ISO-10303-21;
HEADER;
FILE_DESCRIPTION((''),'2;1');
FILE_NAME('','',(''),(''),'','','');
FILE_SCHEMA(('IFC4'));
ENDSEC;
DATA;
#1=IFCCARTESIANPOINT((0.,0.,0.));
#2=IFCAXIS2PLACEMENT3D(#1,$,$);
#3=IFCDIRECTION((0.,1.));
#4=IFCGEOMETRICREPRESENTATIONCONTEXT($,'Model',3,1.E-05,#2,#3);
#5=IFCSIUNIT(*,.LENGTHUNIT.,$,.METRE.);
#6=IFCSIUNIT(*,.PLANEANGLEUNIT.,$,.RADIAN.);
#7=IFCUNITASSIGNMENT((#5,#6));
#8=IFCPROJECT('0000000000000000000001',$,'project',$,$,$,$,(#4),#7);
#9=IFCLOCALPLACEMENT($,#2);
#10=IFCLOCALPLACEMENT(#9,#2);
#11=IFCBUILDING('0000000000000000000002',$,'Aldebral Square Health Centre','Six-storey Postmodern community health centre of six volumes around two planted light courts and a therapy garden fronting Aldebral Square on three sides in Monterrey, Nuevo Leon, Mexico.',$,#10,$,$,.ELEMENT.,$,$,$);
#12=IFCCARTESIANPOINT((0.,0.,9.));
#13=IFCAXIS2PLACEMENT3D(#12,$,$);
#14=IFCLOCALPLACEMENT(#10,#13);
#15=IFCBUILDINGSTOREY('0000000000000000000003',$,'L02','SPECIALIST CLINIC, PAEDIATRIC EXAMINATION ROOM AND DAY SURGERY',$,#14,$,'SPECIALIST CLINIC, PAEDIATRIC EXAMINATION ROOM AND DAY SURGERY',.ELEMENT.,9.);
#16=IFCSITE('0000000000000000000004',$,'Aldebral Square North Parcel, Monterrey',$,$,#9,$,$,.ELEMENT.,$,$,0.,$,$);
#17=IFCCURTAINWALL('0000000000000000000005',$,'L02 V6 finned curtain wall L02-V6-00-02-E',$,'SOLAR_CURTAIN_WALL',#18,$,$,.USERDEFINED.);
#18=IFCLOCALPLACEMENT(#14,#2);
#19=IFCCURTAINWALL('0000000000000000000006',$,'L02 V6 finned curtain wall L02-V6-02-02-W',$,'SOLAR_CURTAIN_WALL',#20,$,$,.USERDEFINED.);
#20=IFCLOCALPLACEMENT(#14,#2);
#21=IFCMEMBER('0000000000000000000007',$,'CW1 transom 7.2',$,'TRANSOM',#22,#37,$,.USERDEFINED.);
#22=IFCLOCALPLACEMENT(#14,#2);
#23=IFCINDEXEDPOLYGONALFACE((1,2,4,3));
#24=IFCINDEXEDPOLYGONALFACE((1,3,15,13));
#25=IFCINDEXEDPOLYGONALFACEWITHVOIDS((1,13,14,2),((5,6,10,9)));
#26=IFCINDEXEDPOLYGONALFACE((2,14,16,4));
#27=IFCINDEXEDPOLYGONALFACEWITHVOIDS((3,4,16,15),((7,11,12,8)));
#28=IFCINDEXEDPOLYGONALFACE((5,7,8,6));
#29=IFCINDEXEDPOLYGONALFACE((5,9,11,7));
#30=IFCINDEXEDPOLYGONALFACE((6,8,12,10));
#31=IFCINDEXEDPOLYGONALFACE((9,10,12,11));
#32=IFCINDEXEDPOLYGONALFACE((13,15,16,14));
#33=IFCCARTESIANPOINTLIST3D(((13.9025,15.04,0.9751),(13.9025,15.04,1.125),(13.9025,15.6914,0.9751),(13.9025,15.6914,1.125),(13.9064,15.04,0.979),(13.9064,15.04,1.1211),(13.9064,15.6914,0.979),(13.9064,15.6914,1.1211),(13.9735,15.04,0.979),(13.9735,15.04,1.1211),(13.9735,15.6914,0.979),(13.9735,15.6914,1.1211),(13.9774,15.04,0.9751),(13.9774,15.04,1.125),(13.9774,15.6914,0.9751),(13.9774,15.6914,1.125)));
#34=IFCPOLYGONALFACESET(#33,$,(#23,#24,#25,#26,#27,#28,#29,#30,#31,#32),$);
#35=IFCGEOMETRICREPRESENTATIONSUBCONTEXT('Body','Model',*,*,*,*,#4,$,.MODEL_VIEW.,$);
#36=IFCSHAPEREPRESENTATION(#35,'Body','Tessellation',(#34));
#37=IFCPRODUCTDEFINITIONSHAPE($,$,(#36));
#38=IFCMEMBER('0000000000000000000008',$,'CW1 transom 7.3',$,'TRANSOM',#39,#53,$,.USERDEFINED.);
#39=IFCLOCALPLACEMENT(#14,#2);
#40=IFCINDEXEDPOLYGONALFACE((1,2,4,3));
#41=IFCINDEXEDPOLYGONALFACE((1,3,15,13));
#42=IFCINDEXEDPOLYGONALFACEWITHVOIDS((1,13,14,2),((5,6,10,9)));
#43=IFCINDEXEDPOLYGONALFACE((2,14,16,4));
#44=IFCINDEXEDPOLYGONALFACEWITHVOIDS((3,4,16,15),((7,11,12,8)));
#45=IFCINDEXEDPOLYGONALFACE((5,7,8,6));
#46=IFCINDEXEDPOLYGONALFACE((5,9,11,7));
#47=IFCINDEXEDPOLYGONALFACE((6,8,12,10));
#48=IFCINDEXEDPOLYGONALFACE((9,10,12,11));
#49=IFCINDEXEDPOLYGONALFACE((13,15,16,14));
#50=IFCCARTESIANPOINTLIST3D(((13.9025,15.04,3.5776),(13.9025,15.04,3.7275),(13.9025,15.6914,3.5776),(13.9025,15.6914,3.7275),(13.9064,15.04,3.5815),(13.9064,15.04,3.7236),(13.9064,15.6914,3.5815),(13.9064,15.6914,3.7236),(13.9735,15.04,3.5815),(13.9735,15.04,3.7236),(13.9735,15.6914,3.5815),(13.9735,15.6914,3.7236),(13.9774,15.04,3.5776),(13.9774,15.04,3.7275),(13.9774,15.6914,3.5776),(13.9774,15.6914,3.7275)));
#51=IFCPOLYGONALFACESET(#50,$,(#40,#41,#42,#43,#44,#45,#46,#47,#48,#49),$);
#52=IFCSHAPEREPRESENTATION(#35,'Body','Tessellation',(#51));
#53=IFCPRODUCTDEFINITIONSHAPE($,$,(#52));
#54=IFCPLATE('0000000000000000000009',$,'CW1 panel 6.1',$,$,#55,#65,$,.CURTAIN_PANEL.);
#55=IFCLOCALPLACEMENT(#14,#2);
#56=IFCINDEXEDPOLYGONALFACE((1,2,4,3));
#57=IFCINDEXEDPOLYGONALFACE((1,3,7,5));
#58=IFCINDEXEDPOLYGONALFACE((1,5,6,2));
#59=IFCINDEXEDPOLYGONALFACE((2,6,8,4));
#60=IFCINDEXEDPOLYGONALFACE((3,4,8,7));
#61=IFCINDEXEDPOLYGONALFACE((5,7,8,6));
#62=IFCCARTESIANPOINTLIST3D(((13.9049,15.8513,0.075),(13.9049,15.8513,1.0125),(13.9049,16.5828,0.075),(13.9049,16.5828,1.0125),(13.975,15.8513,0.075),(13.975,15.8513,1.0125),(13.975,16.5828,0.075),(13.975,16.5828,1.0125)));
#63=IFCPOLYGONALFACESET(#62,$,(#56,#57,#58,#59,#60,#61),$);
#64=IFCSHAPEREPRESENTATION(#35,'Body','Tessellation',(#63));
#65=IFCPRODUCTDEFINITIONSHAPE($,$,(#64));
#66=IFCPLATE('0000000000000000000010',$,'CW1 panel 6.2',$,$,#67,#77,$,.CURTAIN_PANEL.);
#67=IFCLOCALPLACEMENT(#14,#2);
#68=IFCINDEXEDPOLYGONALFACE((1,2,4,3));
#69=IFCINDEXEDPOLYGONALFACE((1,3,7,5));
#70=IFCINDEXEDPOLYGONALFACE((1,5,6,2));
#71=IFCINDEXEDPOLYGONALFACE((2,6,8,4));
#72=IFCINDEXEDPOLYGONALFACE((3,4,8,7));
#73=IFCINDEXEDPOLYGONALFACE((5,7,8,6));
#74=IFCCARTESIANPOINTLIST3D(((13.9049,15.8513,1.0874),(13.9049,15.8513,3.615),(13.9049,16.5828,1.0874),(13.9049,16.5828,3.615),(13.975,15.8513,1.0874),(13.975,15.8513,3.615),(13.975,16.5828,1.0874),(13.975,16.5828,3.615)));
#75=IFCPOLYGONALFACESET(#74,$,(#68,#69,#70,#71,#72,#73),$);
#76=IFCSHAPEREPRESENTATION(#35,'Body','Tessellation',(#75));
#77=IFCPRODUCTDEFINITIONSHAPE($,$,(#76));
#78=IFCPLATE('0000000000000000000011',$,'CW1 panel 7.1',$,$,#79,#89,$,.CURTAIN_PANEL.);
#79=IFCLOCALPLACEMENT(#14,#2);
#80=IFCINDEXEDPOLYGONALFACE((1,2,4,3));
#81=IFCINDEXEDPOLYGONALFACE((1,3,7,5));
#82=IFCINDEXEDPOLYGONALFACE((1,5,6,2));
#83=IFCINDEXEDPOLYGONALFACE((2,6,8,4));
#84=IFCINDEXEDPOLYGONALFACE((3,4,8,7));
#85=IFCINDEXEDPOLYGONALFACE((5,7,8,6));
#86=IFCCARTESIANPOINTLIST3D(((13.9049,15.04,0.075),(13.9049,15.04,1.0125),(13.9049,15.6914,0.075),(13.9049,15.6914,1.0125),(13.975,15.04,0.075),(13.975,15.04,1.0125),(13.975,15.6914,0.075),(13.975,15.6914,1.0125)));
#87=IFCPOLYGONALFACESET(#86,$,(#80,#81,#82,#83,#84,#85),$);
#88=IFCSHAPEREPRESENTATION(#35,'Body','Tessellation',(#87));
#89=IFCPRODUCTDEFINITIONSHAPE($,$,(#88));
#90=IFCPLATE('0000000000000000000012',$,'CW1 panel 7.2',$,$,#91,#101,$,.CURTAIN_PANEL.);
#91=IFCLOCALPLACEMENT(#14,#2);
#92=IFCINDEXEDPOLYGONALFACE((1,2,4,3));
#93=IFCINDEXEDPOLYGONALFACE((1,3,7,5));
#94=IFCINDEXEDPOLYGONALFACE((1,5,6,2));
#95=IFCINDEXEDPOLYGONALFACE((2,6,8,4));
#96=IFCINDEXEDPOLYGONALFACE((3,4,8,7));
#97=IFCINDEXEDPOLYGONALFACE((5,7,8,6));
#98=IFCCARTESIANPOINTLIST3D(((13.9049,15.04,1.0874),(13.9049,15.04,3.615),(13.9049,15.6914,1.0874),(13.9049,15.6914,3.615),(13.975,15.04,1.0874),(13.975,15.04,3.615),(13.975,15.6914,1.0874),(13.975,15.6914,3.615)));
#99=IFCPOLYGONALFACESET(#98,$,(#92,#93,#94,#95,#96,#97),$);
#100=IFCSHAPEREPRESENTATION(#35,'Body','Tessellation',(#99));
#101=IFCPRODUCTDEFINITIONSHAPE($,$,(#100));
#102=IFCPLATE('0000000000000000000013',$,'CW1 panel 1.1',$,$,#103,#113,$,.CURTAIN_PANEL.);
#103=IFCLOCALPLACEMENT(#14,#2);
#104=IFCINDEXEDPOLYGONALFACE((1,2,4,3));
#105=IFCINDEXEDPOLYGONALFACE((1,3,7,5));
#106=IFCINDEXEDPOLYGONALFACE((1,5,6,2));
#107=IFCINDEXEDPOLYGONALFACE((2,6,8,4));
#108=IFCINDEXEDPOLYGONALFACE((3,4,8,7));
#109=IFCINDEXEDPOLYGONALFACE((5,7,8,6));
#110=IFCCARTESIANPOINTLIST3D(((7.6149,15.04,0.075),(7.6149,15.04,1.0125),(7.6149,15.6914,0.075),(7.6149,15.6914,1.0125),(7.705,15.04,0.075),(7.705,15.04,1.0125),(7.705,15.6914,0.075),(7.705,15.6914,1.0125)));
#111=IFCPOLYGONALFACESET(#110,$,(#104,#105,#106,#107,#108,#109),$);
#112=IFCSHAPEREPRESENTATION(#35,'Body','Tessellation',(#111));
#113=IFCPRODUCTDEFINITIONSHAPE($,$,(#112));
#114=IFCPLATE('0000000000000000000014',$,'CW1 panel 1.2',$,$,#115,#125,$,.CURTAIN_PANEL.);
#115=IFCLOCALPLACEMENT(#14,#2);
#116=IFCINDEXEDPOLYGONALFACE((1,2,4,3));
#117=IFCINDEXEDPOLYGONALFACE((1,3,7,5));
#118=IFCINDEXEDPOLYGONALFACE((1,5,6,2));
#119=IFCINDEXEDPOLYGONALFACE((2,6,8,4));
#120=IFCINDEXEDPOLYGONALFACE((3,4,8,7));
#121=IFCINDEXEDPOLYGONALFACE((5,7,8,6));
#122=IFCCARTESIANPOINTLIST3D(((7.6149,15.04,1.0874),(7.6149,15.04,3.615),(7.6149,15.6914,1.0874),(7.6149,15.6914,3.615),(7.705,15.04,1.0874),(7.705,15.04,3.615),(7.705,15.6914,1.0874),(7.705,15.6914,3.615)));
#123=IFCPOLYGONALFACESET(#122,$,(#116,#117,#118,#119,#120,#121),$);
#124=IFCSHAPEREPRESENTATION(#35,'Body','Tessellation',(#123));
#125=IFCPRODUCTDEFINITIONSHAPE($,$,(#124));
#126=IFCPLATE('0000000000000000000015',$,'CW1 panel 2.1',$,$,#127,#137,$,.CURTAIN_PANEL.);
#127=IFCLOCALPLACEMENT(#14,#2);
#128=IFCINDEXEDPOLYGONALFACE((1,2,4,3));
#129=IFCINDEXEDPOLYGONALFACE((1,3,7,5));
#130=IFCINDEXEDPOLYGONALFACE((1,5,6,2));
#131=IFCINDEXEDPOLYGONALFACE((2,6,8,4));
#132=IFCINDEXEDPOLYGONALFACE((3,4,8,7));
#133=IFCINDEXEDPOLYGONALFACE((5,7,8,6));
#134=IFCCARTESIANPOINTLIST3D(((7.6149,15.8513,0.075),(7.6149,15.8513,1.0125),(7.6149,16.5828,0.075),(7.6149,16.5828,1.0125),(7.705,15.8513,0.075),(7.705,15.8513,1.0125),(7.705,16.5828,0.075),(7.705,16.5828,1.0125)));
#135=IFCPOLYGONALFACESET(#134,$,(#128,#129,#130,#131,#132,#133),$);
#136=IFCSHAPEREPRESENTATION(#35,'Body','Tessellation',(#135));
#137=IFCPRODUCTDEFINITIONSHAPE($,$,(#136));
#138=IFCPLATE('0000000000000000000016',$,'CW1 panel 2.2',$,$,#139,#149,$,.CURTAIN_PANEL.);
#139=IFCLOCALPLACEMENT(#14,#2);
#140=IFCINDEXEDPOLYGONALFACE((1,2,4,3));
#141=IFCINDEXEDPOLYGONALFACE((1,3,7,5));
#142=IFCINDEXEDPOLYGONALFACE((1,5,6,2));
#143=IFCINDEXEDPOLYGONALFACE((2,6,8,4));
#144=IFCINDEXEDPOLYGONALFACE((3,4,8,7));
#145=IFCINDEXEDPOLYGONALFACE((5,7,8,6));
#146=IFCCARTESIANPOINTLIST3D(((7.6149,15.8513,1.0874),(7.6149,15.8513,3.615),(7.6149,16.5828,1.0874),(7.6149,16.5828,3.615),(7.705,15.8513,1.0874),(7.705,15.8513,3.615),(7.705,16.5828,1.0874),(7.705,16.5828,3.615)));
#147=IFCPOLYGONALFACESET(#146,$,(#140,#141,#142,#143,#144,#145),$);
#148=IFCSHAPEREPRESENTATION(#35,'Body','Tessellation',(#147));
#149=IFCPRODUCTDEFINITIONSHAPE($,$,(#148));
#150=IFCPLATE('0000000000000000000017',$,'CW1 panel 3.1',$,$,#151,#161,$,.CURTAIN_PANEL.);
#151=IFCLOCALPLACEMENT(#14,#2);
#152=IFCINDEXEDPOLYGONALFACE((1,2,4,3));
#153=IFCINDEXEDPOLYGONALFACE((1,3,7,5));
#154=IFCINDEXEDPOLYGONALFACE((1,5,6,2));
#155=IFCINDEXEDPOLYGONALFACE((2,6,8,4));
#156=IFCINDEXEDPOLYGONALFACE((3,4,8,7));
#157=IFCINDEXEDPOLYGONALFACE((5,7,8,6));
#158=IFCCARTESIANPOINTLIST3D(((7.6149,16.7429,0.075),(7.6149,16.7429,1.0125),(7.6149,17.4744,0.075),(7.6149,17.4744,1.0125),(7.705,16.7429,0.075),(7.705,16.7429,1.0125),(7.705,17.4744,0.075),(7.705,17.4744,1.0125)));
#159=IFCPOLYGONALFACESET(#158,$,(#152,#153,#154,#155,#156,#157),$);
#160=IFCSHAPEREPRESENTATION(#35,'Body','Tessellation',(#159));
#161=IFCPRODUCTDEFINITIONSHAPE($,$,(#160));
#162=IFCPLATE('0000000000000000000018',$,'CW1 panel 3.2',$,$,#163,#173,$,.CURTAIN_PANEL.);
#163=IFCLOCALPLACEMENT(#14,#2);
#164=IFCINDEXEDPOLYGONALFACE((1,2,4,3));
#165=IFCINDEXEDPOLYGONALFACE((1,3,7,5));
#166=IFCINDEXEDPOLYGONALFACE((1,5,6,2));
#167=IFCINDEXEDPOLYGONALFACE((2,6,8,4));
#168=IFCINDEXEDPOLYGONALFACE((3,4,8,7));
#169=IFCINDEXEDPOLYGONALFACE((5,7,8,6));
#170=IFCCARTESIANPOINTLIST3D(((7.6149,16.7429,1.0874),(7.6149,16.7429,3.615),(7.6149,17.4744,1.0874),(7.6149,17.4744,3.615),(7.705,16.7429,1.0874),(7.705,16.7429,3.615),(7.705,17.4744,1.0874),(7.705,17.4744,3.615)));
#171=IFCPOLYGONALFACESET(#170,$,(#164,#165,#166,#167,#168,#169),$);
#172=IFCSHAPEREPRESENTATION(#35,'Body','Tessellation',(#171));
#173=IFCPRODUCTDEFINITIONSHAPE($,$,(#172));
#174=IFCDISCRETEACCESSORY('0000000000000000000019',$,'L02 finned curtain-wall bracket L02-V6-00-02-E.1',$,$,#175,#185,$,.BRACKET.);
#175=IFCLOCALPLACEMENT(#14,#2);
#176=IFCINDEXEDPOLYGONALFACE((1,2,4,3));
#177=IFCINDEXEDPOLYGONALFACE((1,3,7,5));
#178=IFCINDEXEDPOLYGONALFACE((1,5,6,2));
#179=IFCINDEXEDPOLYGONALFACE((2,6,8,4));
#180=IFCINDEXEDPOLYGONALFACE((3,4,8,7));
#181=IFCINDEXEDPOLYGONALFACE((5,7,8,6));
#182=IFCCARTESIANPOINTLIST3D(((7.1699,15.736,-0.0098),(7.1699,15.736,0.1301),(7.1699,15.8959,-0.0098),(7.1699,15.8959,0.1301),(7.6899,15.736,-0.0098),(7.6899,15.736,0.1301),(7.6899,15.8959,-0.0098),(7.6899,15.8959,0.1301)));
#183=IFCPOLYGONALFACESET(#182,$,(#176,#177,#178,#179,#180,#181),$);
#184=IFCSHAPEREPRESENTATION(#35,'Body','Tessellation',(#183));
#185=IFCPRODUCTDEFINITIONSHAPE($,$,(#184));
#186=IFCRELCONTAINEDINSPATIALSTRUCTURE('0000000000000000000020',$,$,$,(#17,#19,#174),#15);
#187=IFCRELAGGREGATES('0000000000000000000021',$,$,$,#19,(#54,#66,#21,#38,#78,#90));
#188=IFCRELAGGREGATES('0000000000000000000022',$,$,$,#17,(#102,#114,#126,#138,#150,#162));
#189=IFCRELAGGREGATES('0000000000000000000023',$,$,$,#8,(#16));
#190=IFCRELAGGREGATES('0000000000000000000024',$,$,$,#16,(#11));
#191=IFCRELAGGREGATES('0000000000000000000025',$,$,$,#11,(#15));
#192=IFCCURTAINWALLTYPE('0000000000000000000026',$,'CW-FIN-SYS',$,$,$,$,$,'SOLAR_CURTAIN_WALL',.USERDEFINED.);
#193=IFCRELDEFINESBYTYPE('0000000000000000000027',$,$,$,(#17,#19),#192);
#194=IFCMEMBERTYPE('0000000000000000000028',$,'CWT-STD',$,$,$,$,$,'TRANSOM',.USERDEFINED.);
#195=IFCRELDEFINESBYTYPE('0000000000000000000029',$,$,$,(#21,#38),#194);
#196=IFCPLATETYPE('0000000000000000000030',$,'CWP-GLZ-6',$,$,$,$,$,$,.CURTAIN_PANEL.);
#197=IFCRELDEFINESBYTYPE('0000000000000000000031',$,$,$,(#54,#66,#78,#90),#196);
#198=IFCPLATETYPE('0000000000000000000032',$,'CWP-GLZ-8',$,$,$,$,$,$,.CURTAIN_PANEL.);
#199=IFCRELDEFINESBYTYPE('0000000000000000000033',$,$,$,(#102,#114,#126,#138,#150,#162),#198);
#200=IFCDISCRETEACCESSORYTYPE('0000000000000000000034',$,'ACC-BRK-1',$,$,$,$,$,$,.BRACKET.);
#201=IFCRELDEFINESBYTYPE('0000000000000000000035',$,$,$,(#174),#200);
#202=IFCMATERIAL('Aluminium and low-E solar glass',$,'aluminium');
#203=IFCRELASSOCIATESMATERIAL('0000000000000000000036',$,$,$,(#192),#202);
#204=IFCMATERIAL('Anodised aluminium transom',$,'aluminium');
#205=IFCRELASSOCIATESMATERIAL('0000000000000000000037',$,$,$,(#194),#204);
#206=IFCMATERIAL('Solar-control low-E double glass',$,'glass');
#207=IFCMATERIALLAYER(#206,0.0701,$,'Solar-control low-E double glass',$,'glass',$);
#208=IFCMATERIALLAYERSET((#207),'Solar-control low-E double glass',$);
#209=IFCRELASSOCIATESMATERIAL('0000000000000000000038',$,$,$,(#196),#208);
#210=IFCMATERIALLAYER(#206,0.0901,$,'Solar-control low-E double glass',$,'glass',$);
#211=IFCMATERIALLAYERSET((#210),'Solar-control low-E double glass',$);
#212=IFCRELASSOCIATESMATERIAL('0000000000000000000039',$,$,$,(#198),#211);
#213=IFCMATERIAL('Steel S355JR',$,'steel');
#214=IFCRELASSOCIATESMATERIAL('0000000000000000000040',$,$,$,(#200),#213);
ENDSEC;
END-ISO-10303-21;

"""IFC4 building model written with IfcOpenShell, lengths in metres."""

from ifc_helpers import new_model, si_unit, direction, frame, origin, origin_2d, place, context, subcontext, project, spatial, rectangle, hollow_rectangle, extrude, material, layer, layer_set, material_profile, profile_set, type_object, element, aggregate, save


model = new_model("IFC4")

# Units and contexts
model_context = context("Model", 3, precision=1e-05, world=origin(), true_north=direction((0.0, 1.0)))
body_context = subcontext(model_context, "Body", "Model", "MODEL_VIEW")
ifc_project = project(units=[si_unit("LENGTHUNIT", "METRE"), si_unit("PLANEANGLEUNIT", "RADIAN")], contexts=[model_context])

# Site, building, storey
site_placement = place(None, origin())
site = spatial("IfcSite", under=ifc_project, at=site_placement, Name="Aldebral Square North Parcel, Monterrey", CompositionType="ELEMENT", RefElevation=0.0)
building_placement = place(site_placement, origin())
building = spatial("IfcBuilding", under=site, at=building_placement, Name="Aldebral Square Health Centre", Description="Six-storey Postmodern community health centre of six volumes around two planted light courts and a therapy garden fronting Aldebral Square on three sides in Monterrey, Nuevo Leon, Mexico.", CompositionType="ELEMENT")
storey_placement = place(building_placement, frame((0.0, 0.0, 9.0)))
storey = spatial("IfcBuildingStorey", under=building, at=storey_placement, Name="L02", Description="SPECIALIST CLINIC, PAEDIATRIC EXAMINATION ROOM AND DAY SURGERY", LongName="SPECIALIST CLINIC, PAEDIATRIC EXAMINATION ROOM AND DAY SURGERY", CompositionType="ELEMENT", Elevation=9.0)

# Curtain walls
ifc_material_1 = material(Name="Aluminium and low-E solar glass", Category="aluminium")
curtain_wall_type = type_object("IfcCurtainWallType", Name="CW-FIN-SYS", ElementType="SOLAR_CURTAIN_WALL", PredefinedType="USERDEFINED", material=ifc_material_1)
curtain_wall_1_placement = place(storey_placement, origin())
curtain_wall_1 = element("IfcCurtainWall", 1, at=curtain_wall_1_placement, inside=storey, type_object=curtain_wall_type, Name="L02 V6 finned curtain wall L02-V6-00-02-E", ObjectType="SOLAR_CURTAIN_WALL", PredefinedType="USERDEFINED")
curtain_wall_2_placement = place(storey_placement, origin())
curtain_wall_2 = element("IfcCurtainWall", 2, at=curtain_wall_2_placement, inside=storey, type_object=curtain_wall_type, Name="L02 V6 finned curtain wall L02-V6-02-02-W", ObjectType="SOLAR_CURTAIN_WALL", PredefinedType="USERDEFINED")

# Members
ifc_material_2 = material(Name="Anodised aluminium transom", Category="aluminium")
ifc_material_profile_1 = material_profile(ifc_material_2, hollow_rectangle(XDim=0.075, YDim=0.1499, WallThickness=0.0039, at=origin_2d()), Name="CWT 75x150x4")
ifc_profile_set_1 = profile_set([ifc_material_profile_1], Name="Anodised aluminium transom")
member_type_1 = type_object("IfcMemberType", Name="CWT-STD", ElementType="TRANSOM", PredefinedType="USERDEFINED", material=ifc_profile_set_1)
member_1_placement = place(storey_placement, frame((13.9399, 15.6914, 1.05), z_axis=(0.0, -1.0, 0.0), x_axis=(1.0, 0.0, 0.0)))
member_1 = element("IfcMember", 3, at=member_1_placement, type_object=member_type_1, Name="CW1 transom 7.2", ObjectType="TRANSOM", PredefinedType="USERDEFINED", context=body_context, shape_type="SweptSolid", body=[
    extrude(hollow_rectangle(XDim=0.075, YDim=0.1499, WallThickness=0.0039, at=origin_2d()), origin(), (0.0, 0.0, 1.0), 0.6514),
])
member_2_placement = place(storey_placement, frame((13.9399, 15.6914, 3.6526), z_axis=(0.0, -1.0, 0.0), x_axis=(1.0, 0.0, 0.0)))
member_2 = element("IfcMember", 4, at=member_2_placement, type_object=member_type_1, Name="CW1 transom 7.3", ObjectType="TRANSOM", PredefinedType="USERDEFINED", context=body_context, shape_type="SweptSolid", body=[
    extrude(hollow_rectangle(XDim=0.075, YDim=0.1499, WallThickness=0.0039, at=origin_2d()), origin(), (0.0, 0.0, 1.0), 0.6514),
])

# Plates
ifc_material_3 = material(Name="Solar-control low-E double glass", Category="glass")
ifc_layer_1 = layer(ifc_material_3, 0.0701, Name="Solar-control low-E double glass", Category="glass")
ifc_layer_set_1 = layer_set([ifc_layer_1], Name="Solar-control low-E double glass")
plate_type_1 = type_object("IfcPlateType", Name="CWP-GLZ-6", PredefinedType="CURTAIN_PANEL", material=ifc_layer_set_1)
plate_1_placement = place(storey_placement, frame((13.9399, 16.217, 0.075), z_axis=(0.0, 0.0, 1.0), x_axis=(0.0, -1.0, 0.0)))
plate_1 = element("IfcPlate", 5, at=plate_1_placement, type_object=plate_type_1, Name="CW1 panel 6.1", PredefinedType="CURTAIN_PANEL", context=body_context, shape_type="SweptSolid", body=[
    extrude(rectangle(XDim=0.7314, YDim=0.0701, at=origin_2d()), origin(), (0.0, 0.0, 1.0), 0.9375),
])
plate_2_placement = place(storey_placement, frame((13.9399, 16.217, 1.0874), z_axis=(0.0, 0.0, 1.0), x_axis=(0.0, -1.0, 0.0)))
plate_2 = element("IfcPlate", 6, at=plate_2_placement, type_object=plate_type_1, Name="CW1 panel 6.2", PredefinedType="CURTAIN_PANEL", context=body_context, shape_type="SweptSolid", body=[
    extrude(rectangle(XDim=0.7314, YDim=0.0701, at=origin_2d()), origin(), (0.0, 0.0, 1.0), 2.5276),
])
plate_3_placement = place(storey_placement, frame((13.9399, 15.3657, 0.075), z_axis=(0.0, 0.0, 1.0), x_axis=(0.0, -1.0, 0.0)))
plate_3 = element("IfcPlate", 7, at=plate_3_placement, type_object=plate_type_1, Name="CW1 panel 7.1", PredefinedType="CURTAIN_PANEL", context=body_context, shape_type="SweptSolid", body=[
    extrude(rectangle(XDim=0.6514, YDim=0.0701, at=origin_2d()), origin(), (0.0, 0.0, 1.0), 0.9375),
])
plate_4_placement = place(storey_placement, frame((13.9399, 15.3657, 1.0874), z_axis=(0.0, 0.0, 1.0), x_axis=(0.0, -1.0, 0.0)))
plate_4 = element("IfcPlate", 8, at=plate_4_placement, type_object=plate_type_1, Name="CW1 panel 7.2", PredefinedType="CURTAIN_PANEL", context=body_context, shape_type="SweptSolid", body=[
    extrude(rectangle(XDim=0.6514, YDim=0.0701, at=origin_2d()), origin(), (0.0, 0.0, 1.0), 2.5276),
])
aggregate(curtain_wall_2, [plate_1, plate_2, member_1, member_2, plate_3, plate_4])
ifc_layer_2 = layer(ifc_material_3, 0.0901, Name="Solar-control low-E double glass", Category="glass")
ifc_layer_set_2 = layer_set([ifc_layer_2], Name="Solar-control low-E double glass")
plate_type_2 = type_object("IfcPlateType", Name="CWP-GLZ-8", PredefinedType="CURTAIN_PANEL", material=ifc_layer_set_2)
plate_5_placement = place(storey_placement, frame((7.6599, 15.3657, 0.075), z_axis=(0.0, 0.0, 1.0), x_axis=(0.0, 1.0, 0.0)))
plate_5 = element("IfcPlate", 9, at=plate_5_placement, type_object=plate_type_2, Name="CW1 panel 1.1", PredefinedType="CURTAIN_PANEL", context=body_context, shape_type="SweptSolid", body=[
    extrude(rectangle(XDim=0.6514, YDim=0.0901, at=origin_2d()), origin(), (0.0, 0.0, 1.0), 0.9375),
])
plate_6_placement = place(storey_placement, frame((7.6599, 15.3657, 1.0874), z_axis=(0.0, 0.0, 1.0), x_axis=(0.0, 1.0, 0.0)))
plate_6 = element("IfcPlate", 10, at=plate_6_placement, type_object=plate_type_2, Name="CW1 panel 1.2", PredefinedType="CURTAIN_PANEL", context=body_context, shape_type="SweptSolid", body=[
    extrude(rectangle(XDim=0.6514, YDim=0.0901, at=origin_2d()), origin(), (0.0, 0.0, 1.0), 2.5276),
])
plate_7_placement = place(storey_placement, frame((7.6599, 16.217, 0.075), z_axis=(0.0, 0.0, 1.0), x_axis=(0.0, 1.0, 0.0)))
plate_7 = element("IfcPlate", 11, at=plate_7_placement, type_object=plate_type_2, Name="CW1 panel 2.1", PredefinedType="CURTAIN_PANEL", context=body_context, shape_type="SweptSolid", body=[
    extrude(rectangle(XDim=0.7314, YDim=0.0901, at=origin_2d()), origin(), (0.0, 0.0, 1.0), 0.9375),
])
plate_8_placement = place(storey_placement, frame((7.6599, 16.217, 1.0874), z_axis=(0.0, 0.0, 1.0), x_axis=(0.0, 1.0, 0.0)))
plate_8 = element("IfcPlate", 12, at=plate_8_placement, type_object=plate_type_2, Name="CW1 panel 2.2", PredefinedType="CURTAIN_PANEL", context=body_context, shape_type="SweptSolid", body=[
    extrude(rectangle(XDim=0.7314, YDim=0.0901, at=origin_2d()), origin(), (0.0, 0.0, 1.0), 2.5276),
])
plate_9_placement = place(storey_placement, frame((7.6599, 17.1086, 0.075), z_axis=(0.0, 0.0, 1.0), x_axis=(0.0, 1.0, 0.0)))
plate_9 = element("IfcPlate", 13, at=plate_9_placement, type_object=plate_type_2, Name="CW1 panel 3.1", PredefinedType="CURTAIN_PANEL", context=body_context, shape_type="SweptSolid", body=[
    extrude(rectangle(XDim=0.7314, YDim=0.0901, at=origin_2d()), origin(), (0.0, 0.0, 1.0), 0.9375),
])
plate_10_placement = place(storey_placement, frame((7.6599, 17.1086, 1.0874), z_axis=(0.0, 0.0, 1.0), x_axis=(0.0, 1.0, 0.0)))
plate_10 = element("IfcPlate", 14, at=plate_10_placement, type_object=plate_type_2, Name="CW1 panel 3.2", PredefinedType="CURTAIN_PANEL", context=body_context, shape_type="SweptSolid", body=[
    extrude(rectangle(XDim=0.7314, YDim=0.0901, at=origin_2d()), origin(), (0.0, 0.0, 1.0), 2.5276),
])
aggregate(curtain_wall_1, [plate_5, plate_6, plate_7, plate_8, plate_9, plate_10])

# Discrete accessory
ifc_material_4 = material(Name="Steel S355JR", Category="steel")
discrete_accessory_type = type_object("IfcDiscreteAccessoryType", Name="ACC-BRK-1", PredefinedType="BRACKET", material=ifc_material_4)
discrete_accessory_placement = place(storey_placement, frame((7.4299, 15.8159, -0.0098), z_axis=(0.0, 0.0, 1.0), x_axis=(0.0, 1.0, 0.0)))
element("IfcDiscreteAccessory", 15, at=discrete_accessory_placement, inside=storey, type_object=discrete_accessory_type, Name="L02 finned curtain-wall bracket L02-V6-00-02-E.1", PredefinedType="BRACKET", context=body_context, shape_type="SweptSolid", body=[
    extrude(rectangle(XDim=0.1599, YDim=0.52, at=origin_2d()), origin(), (0.0, 0.0, 1.0), 0.1399),
])

save(model, "model.ifc")
